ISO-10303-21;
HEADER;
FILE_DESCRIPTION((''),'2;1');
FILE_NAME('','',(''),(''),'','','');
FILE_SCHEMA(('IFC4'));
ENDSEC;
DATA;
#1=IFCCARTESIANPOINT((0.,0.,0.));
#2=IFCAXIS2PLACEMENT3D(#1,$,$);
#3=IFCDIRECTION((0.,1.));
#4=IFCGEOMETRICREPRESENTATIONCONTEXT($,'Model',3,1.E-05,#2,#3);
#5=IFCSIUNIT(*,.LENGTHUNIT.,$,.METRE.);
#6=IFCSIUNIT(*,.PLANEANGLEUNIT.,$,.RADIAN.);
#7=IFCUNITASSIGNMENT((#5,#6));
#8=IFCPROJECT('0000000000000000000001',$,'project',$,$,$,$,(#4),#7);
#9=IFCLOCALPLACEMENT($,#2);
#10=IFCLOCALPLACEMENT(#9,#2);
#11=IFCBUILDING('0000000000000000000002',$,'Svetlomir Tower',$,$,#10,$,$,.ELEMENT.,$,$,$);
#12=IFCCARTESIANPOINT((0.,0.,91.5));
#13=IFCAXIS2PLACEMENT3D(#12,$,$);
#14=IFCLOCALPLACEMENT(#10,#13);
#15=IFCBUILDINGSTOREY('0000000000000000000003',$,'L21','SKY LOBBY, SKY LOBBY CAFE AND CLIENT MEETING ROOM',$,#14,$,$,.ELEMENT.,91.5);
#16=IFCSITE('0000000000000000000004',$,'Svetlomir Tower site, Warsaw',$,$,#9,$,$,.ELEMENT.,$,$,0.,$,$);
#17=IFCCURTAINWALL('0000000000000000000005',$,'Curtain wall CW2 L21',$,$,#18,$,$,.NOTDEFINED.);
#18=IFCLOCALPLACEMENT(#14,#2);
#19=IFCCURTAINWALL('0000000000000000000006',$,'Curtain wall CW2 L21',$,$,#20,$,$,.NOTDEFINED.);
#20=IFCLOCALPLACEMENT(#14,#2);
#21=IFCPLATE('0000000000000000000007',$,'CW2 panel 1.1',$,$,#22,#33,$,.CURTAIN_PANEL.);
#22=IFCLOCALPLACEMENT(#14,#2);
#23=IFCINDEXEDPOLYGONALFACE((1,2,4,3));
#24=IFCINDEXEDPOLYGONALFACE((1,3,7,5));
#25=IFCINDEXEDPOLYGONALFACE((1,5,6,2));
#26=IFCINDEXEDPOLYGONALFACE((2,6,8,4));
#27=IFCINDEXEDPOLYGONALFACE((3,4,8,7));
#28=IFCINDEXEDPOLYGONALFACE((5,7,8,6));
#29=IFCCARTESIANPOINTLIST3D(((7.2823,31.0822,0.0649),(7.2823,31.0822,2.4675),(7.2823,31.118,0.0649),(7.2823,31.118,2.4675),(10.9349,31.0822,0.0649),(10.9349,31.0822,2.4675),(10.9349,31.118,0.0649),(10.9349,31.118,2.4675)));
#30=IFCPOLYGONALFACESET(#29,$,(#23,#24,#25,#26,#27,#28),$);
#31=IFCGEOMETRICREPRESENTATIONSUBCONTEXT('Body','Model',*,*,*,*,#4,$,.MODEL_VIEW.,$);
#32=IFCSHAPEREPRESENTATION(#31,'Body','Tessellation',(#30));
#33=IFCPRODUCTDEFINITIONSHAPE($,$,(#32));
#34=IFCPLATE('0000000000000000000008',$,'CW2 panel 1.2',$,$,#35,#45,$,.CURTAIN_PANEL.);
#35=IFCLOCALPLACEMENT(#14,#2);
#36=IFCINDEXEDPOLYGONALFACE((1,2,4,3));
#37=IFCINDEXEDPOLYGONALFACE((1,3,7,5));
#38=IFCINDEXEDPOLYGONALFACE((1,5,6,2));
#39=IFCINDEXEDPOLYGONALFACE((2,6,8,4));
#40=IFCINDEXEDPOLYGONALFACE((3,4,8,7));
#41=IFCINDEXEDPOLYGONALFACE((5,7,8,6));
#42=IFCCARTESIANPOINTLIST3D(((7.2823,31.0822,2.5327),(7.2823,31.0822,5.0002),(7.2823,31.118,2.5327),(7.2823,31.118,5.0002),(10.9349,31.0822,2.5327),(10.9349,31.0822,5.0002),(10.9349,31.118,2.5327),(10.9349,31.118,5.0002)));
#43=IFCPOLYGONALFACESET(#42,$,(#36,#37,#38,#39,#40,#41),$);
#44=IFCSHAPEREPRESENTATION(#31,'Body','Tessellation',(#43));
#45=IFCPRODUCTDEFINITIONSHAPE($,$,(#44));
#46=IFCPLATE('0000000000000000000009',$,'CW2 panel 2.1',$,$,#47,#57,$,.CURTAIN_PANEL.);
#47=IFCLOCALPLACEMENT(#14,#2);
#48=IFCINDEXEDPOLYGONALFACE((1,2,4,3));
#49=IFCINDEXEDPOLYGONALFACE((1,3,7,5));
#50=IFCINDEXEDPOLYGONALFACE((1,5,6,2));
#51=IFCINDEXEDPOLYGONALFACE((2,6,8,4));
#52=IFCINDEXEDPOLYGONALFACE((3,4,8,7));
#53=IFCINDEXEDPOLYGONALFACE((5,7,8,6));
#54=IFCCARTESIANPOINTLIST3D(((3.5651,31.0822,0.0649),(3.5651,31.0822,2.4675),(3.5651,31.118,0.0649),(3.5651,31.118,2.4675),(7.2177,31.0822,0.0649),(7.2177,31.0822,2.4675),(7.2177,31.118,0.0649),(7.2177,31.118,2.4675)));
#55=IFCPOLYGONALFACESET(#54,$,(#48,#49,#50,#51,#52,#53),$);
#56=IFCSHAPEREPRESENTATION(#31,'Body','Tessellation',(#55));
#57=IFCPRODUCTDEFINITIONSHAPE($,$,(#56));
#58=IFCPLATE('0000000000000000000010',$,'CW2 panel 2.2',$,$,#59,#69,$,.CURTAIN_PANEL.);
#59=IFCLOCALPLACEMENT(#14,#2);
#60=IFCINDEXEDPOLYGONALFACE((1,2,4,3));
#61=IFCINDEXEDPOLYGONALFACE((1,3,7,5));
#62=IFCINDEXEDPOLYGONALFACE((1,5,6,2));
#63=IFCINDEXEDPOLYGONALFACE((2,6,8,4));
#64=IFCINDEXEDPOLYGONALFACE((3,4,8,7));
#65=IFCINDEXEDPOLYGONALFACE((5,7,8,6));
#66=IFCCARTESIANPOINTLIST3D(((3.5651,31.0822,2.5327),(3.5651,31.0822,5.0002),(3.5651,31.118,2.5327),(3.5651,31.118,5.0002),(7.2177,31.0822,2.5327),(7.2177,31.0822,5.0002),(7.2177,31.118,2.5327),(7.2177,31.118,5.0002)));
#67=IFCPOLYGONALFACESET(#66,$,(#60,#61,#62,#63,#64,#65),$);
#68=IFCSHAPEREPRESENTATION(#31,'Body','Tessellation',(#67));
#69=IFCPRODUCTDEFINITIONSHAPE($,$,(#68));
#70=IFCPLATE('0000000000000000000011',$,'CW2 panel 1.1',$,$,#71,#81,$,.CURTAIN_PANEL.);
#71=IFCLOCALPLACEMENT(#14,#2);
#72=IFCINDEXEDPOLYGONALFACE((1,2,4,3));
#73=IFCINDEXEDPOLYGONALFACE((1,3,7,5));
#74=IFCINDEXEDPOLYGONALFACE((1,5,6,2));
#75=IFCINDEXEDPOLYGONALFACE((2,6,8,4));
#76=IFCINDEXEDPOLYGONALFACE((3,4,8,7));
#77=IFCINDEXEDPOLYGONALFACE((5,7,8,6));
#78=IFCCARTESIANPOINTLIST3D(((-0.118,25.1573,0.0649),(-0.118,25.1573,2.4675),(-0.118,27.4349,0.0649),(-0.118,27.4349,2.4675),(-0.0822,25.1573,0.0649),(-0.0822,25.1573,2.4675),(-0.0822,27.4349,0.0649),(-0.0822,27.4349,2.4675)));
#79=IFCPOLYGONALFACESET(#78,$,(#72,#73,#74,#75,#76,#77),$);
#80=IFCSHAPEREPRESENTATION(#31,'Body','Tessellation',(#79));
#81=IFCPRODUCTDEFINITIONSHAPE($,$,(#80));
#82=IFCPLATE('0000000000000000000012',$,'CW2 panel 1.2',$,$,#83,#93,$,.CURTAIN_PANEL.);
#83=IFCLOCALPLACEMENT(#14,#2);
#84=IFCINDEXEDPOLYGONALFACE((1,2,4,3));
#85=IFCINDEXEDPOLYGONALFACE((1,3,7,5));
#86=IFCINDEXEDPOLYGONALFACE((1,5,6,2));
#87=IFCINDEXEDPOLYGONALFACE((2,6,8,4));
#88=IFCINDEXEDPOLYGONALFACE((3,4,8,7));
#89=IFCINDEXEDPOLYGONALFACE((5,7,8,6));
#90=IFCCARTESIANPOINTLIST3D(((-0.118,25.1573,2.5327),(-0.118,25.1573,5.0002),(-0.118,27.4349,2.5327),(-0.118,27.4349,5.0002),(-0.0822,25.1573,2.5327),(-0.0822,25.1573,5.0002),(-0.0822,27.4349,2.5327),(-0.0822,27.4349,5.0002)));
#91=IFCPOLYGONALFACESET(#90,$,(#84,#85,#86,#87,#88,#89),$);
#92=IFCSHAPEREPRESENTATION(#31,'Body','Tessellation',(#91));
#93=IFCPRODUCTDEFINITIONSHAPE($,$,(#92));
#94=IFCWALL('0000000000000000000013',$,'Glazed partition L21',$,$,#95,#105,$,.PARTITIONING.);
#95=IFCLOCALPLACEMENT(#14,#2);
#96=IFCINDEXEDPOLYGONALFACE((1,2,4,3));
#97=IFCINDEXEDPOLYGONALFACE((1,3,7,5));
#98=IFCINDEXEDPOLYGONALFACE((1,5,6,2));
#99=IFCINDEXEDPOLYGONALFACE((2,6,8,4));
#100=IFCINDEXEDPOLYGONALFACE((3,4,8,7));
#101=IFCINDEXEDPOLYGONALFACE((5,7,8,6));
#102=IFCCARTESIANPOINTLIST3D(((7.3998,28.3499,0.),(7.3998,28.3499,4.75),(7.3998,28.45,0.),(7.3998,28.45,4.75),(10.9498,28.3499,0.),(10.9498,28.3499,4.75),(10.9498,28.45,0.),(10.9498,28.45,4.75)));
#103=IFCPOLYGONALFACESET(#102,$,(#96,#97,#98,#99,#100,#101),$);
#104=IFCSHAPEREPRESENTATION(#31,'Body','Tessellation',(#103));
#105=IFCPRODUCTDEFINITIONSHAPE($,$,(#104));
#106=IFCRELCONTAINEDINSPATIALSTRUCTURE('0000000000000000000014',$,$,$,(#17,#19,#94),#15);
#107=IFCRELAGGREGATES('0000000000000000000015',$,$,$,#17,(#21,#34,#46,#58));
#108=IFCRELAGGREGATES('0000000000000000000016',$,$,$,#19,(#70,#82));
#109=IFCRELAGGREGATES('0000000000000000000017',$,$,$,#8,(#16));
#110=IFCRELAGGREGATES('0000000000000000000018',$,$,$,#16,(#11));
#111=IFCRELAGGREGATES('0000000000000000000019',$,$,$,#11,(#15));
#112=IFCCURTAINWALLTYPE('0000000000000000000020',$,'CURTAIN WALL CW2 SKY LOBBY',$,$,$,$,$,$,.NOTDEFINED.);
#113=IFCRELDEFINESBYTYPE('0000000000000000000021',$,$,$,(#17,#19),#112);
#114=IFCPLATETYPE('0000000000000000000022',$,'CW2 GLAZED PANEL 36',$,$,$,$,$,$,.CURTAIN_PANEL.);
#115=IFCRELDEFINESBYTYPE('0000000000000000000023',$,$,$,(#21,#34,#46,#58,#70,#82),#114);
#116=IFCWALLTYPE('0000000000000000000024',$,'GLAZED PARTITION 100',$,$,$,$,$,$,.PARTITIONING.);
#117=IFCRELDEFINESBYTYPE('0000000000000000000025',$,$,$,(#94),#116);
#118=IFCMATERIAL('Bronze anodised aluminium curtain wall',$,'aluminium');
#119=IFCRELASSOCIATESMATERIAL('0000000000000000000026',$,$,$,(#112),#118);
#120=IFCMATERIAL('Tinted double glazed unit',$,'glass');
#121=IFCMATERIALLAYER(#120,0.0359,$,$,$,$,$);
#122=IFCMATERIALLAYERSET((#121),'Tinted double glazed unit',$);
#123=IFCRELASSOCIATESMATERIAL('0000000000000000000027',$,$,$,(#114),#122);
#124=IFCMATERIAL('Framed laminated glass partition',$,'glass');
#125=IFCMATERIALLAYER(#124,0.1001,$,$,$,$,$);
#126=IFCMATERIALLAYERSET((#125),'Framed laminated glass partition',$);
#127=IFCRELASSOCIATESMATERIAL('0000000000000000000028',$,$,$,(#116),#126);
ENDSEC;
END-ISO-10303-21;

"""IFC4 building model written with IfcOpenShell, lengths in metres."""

from ifc_helpers import new_model, si_unit, direction, frame, frame_2d, origin, origin_2d, place, context, subcontext, project, spatial, rectangle, extrude, material, layer, layer_set, type_object, element, aggregate, save


model = new_model("IFC4")

# Units and contexts
model_context = context("Model", 3, precision=1e-05, world=origin(), true_north=direction((0.0, 1.0)))
body_context = subcontext(model_context, "Body", "Model", "MODEL_VIEW")
ifc_project = project(units=[si_unit("LENGTHUNIT", "METRE"), si_unit("PLANEANGLEUNIT", "RADIAN")], contexts=[model_context])

# Site, building, storey
site_placement = place(None, origin())
site = spatial("IfcSite", under=ifc_project, at=site_placement, Name="Svetlomir Tower site, Warsaw", CompositionType="ELEMENT", RefElevation=0.0)
building_placement = place(site_placement, origin())
building = spatial("IfcBuilding", under=site, at=building_placement, Name="Svetlomir Tower", CompositionType="ELEMENT")
storey_placement = place(building_placement, frame((0.0, 0.0, 91.5)))
storey = spatial("IfcBuildingStorey", under=building, at=storey_placement, Name="L21", Description="SKY LOBBY, SKY LOBBY CAFE AND CLIENT MEETING ROOM", CompositionType="ELEMENT", Elevation=91.5)

# Curtain wall
ifc_material_1 = material(Name="Bronze anodised aluminium curtain wall", Category="aluminium")
curtain_wall_type = type_object("IfcCurtainWallType", Name="CURTAIN WALL CW2 SKY LOBBY", PredefinedType="NOTDEFINED", material=ifc_material_1)
curtain_wall_1_placement = place(storey_placement, origin())
curtain_wall_1 = element("IfcCurtainWall", 1, at=curtain_wall_1_placement, inside=storey, type_object=curtain_wall_type, Name="Curtain wall CW2 L21", PredefinedType="NOTDEFINED")

# Curtain wall
curtain_wall_2_placement = place(storey_placement, origin())
curtain_wall_2 = element("IfcCurtainWall", 2, at=curtain_wall_2_placement, inside=storey, type_object=curtain_wall_type, Name="Curtain wall CW2 L21", PredefinedType="NOTDEFINED")

# Plates
ifc_material_2 = material(Name="Tinted double glazed unit", Category="glass")
ifc_layer_1 = layer(ifc_material_2, 0.0359)
ifc_layer_set_1 = layer_set([ifc_layer_1], Name="Tinted double glazed unit")
plate_type = type_object("IfcPlateType", Name="CW2 GLAZED PANEL 36", PredefinedType="CURTAIN_PANEL", material=ifc_layer_set_1)
plate_1_placement = place(storey_placement, frame((9.1086, 31.1001, 0.0649), z_axis=(0.0, 0.0, 1.0), x_axis=(-1.0, 0.0, 0.0)))
plate_1 = element("IfcPlate", 3, at=plate_1_placement, type_object=plate_type, Name="CW2 panel 1.1", PredefinedType="CURTAIN_PANEL", context=body_context, shape_type="SweptSolid", body=[
    extrude(rectangle(XDim=3.6526, YDim=0.0359, at=origin_2d()), origin(), (0.0, 0.0, 1.0), 2.4026),
])
plate_2_placement = place(storey_placement, frame((9.1086, 31.1001, 2.5327), z_axis=(0.0, 0.0, 1.0), x_axis=(-1.0, 0.0, 0.0)))
plate_2 = element("IfcPlate", 4, at=plate_2_placement, type_object=plate_type, Name="CW2 panel 1.2", PredefinedType="CURTAIN_PANEL", context=body_context, shape_type="SweptSolid", body=[
    extrude(rectangle(XDim=3.6526, YDim=0.0359, at=origin_2d()), origin(), (0.0, 0.0, 1.0), 2.4675),
])
plate_3_placement = place(storey_placement, frame((5.3914, 31.1001, 0.0649), z_axis=(0.0, 0.0, 1.0), x_axis=(-1.0, 0.0, 0.0)))
plate_3 = element("IfcPlate", 5, at=plate_3_placement, type_object=plate_type, Name="CW2 panel 2.1", PredefinedType="CURTAIN_PANEL", context=body_context, shape_type="SweptSolid", body=[
    extrude(rectangle(XDim=3.6526, YDim=0.0359, at=origin_2d()), origin(), (0.0, 0.0, 1.0), 2.4026),
])
plate_4_placement = place(storey_placement, frame((5.3914, 31.1001, 2.5327), z_axis=(0.0, 0.0, 1.0), x_axis=(-1.0, 0.0, 0.0)))
plate_4 = element("IfcPlate", 6, at=plate_4_placement, type_object=plate_type, Name="CW2 panel 2.2", PredefinedType="CURTAIN_PANEL", context=body_context, shape_type="SweptSolid", body=[
    extrude(rectangle(XDim=3.6526, YDim=0.0359, at=origin_2d()), origin(), (0.0, 0.0, 1.0), 2.4675),
])
aggregate(curtain_wall_1, [plate_1, plate_2, plate_3, plate_4])
plate_5_placement = place(storey_placement, frame((-0.1001, 26.2961, 0.0649), z_axis=(0.0, 0.0, 1.0), x_axis=(0.0, -1.0, 0.0)))
plate_5 = element("IfcPlate", 7, at=plate_5_placement, type_object=plate_type, Name="CW2 panel 1.1", PredefinedType="CURTAIN_PANEL", context=body_context, shape_type="SweptSolid", body=[
    extrude(rectangle(XDim=2.2776, YDim=0.0359, at=origin_2d()), origin(), (0.0, 0.0, 1.0), 2.4026),
])
plate_6_placement = place(storey_placement, frame((-0.1001, 26.2961, 2.5327), z_axis=(0.0, 0.0, 1.0), x_axis=(0.0, -1.0, 0.0)))
plate_6 = element("IfcPlate", 8, at=plate_6_placement, type_object=plate_type, Name="CW2 panel 1.2", PredefinedType="CURTAIN_PANEL", context=body_context, shape_type="SweptSolid", body=[
    extrude(rectangle(XDim=2.2776, YDim=0.0359, at=origin_2d()), origin(), (0.0, 0.0, 1.0), 2.4675),
])
aggregate(curtain_wall_2, [plate_5, plate_6])

# Wall
ifc_material_3 = material(Name="Framed laminated glass partition", Category="glass")
ifc_layer_2 = layer(ifc_material_3, 0.1001)
ifc_layer_set_2 = layer_set([ifc_layer_2], Name="Framed laminated glass partition")
wall_type = type_object("IfcWallType", Name="GLAZED PARTITION 100", PredefinedType="PARTITIONING", material=ifc_layer_set_2)
wall_placement = place(storey_placement, frame((7.3999, 28.3999, 0.0), z_axis=(0.0, 0.0, 1.0), x_axis=(1.0, 0.0, 0.0)))
element("IfcWall", 9, at=wall_placement, inside=storey, type_object=wall_type, Name="Glazed partition L21", PredefinedType="PARTITIONING", context=body_context, shape_type="SweptSolid", body=[
    extrude(rectangle(XDim=3.55, YDim=0.1001, at=frame_2d((1.7749, 0.0))), origin(), (0.0, 0.0, 1.0), 4.75),
])

save(model, "model.ifc")
